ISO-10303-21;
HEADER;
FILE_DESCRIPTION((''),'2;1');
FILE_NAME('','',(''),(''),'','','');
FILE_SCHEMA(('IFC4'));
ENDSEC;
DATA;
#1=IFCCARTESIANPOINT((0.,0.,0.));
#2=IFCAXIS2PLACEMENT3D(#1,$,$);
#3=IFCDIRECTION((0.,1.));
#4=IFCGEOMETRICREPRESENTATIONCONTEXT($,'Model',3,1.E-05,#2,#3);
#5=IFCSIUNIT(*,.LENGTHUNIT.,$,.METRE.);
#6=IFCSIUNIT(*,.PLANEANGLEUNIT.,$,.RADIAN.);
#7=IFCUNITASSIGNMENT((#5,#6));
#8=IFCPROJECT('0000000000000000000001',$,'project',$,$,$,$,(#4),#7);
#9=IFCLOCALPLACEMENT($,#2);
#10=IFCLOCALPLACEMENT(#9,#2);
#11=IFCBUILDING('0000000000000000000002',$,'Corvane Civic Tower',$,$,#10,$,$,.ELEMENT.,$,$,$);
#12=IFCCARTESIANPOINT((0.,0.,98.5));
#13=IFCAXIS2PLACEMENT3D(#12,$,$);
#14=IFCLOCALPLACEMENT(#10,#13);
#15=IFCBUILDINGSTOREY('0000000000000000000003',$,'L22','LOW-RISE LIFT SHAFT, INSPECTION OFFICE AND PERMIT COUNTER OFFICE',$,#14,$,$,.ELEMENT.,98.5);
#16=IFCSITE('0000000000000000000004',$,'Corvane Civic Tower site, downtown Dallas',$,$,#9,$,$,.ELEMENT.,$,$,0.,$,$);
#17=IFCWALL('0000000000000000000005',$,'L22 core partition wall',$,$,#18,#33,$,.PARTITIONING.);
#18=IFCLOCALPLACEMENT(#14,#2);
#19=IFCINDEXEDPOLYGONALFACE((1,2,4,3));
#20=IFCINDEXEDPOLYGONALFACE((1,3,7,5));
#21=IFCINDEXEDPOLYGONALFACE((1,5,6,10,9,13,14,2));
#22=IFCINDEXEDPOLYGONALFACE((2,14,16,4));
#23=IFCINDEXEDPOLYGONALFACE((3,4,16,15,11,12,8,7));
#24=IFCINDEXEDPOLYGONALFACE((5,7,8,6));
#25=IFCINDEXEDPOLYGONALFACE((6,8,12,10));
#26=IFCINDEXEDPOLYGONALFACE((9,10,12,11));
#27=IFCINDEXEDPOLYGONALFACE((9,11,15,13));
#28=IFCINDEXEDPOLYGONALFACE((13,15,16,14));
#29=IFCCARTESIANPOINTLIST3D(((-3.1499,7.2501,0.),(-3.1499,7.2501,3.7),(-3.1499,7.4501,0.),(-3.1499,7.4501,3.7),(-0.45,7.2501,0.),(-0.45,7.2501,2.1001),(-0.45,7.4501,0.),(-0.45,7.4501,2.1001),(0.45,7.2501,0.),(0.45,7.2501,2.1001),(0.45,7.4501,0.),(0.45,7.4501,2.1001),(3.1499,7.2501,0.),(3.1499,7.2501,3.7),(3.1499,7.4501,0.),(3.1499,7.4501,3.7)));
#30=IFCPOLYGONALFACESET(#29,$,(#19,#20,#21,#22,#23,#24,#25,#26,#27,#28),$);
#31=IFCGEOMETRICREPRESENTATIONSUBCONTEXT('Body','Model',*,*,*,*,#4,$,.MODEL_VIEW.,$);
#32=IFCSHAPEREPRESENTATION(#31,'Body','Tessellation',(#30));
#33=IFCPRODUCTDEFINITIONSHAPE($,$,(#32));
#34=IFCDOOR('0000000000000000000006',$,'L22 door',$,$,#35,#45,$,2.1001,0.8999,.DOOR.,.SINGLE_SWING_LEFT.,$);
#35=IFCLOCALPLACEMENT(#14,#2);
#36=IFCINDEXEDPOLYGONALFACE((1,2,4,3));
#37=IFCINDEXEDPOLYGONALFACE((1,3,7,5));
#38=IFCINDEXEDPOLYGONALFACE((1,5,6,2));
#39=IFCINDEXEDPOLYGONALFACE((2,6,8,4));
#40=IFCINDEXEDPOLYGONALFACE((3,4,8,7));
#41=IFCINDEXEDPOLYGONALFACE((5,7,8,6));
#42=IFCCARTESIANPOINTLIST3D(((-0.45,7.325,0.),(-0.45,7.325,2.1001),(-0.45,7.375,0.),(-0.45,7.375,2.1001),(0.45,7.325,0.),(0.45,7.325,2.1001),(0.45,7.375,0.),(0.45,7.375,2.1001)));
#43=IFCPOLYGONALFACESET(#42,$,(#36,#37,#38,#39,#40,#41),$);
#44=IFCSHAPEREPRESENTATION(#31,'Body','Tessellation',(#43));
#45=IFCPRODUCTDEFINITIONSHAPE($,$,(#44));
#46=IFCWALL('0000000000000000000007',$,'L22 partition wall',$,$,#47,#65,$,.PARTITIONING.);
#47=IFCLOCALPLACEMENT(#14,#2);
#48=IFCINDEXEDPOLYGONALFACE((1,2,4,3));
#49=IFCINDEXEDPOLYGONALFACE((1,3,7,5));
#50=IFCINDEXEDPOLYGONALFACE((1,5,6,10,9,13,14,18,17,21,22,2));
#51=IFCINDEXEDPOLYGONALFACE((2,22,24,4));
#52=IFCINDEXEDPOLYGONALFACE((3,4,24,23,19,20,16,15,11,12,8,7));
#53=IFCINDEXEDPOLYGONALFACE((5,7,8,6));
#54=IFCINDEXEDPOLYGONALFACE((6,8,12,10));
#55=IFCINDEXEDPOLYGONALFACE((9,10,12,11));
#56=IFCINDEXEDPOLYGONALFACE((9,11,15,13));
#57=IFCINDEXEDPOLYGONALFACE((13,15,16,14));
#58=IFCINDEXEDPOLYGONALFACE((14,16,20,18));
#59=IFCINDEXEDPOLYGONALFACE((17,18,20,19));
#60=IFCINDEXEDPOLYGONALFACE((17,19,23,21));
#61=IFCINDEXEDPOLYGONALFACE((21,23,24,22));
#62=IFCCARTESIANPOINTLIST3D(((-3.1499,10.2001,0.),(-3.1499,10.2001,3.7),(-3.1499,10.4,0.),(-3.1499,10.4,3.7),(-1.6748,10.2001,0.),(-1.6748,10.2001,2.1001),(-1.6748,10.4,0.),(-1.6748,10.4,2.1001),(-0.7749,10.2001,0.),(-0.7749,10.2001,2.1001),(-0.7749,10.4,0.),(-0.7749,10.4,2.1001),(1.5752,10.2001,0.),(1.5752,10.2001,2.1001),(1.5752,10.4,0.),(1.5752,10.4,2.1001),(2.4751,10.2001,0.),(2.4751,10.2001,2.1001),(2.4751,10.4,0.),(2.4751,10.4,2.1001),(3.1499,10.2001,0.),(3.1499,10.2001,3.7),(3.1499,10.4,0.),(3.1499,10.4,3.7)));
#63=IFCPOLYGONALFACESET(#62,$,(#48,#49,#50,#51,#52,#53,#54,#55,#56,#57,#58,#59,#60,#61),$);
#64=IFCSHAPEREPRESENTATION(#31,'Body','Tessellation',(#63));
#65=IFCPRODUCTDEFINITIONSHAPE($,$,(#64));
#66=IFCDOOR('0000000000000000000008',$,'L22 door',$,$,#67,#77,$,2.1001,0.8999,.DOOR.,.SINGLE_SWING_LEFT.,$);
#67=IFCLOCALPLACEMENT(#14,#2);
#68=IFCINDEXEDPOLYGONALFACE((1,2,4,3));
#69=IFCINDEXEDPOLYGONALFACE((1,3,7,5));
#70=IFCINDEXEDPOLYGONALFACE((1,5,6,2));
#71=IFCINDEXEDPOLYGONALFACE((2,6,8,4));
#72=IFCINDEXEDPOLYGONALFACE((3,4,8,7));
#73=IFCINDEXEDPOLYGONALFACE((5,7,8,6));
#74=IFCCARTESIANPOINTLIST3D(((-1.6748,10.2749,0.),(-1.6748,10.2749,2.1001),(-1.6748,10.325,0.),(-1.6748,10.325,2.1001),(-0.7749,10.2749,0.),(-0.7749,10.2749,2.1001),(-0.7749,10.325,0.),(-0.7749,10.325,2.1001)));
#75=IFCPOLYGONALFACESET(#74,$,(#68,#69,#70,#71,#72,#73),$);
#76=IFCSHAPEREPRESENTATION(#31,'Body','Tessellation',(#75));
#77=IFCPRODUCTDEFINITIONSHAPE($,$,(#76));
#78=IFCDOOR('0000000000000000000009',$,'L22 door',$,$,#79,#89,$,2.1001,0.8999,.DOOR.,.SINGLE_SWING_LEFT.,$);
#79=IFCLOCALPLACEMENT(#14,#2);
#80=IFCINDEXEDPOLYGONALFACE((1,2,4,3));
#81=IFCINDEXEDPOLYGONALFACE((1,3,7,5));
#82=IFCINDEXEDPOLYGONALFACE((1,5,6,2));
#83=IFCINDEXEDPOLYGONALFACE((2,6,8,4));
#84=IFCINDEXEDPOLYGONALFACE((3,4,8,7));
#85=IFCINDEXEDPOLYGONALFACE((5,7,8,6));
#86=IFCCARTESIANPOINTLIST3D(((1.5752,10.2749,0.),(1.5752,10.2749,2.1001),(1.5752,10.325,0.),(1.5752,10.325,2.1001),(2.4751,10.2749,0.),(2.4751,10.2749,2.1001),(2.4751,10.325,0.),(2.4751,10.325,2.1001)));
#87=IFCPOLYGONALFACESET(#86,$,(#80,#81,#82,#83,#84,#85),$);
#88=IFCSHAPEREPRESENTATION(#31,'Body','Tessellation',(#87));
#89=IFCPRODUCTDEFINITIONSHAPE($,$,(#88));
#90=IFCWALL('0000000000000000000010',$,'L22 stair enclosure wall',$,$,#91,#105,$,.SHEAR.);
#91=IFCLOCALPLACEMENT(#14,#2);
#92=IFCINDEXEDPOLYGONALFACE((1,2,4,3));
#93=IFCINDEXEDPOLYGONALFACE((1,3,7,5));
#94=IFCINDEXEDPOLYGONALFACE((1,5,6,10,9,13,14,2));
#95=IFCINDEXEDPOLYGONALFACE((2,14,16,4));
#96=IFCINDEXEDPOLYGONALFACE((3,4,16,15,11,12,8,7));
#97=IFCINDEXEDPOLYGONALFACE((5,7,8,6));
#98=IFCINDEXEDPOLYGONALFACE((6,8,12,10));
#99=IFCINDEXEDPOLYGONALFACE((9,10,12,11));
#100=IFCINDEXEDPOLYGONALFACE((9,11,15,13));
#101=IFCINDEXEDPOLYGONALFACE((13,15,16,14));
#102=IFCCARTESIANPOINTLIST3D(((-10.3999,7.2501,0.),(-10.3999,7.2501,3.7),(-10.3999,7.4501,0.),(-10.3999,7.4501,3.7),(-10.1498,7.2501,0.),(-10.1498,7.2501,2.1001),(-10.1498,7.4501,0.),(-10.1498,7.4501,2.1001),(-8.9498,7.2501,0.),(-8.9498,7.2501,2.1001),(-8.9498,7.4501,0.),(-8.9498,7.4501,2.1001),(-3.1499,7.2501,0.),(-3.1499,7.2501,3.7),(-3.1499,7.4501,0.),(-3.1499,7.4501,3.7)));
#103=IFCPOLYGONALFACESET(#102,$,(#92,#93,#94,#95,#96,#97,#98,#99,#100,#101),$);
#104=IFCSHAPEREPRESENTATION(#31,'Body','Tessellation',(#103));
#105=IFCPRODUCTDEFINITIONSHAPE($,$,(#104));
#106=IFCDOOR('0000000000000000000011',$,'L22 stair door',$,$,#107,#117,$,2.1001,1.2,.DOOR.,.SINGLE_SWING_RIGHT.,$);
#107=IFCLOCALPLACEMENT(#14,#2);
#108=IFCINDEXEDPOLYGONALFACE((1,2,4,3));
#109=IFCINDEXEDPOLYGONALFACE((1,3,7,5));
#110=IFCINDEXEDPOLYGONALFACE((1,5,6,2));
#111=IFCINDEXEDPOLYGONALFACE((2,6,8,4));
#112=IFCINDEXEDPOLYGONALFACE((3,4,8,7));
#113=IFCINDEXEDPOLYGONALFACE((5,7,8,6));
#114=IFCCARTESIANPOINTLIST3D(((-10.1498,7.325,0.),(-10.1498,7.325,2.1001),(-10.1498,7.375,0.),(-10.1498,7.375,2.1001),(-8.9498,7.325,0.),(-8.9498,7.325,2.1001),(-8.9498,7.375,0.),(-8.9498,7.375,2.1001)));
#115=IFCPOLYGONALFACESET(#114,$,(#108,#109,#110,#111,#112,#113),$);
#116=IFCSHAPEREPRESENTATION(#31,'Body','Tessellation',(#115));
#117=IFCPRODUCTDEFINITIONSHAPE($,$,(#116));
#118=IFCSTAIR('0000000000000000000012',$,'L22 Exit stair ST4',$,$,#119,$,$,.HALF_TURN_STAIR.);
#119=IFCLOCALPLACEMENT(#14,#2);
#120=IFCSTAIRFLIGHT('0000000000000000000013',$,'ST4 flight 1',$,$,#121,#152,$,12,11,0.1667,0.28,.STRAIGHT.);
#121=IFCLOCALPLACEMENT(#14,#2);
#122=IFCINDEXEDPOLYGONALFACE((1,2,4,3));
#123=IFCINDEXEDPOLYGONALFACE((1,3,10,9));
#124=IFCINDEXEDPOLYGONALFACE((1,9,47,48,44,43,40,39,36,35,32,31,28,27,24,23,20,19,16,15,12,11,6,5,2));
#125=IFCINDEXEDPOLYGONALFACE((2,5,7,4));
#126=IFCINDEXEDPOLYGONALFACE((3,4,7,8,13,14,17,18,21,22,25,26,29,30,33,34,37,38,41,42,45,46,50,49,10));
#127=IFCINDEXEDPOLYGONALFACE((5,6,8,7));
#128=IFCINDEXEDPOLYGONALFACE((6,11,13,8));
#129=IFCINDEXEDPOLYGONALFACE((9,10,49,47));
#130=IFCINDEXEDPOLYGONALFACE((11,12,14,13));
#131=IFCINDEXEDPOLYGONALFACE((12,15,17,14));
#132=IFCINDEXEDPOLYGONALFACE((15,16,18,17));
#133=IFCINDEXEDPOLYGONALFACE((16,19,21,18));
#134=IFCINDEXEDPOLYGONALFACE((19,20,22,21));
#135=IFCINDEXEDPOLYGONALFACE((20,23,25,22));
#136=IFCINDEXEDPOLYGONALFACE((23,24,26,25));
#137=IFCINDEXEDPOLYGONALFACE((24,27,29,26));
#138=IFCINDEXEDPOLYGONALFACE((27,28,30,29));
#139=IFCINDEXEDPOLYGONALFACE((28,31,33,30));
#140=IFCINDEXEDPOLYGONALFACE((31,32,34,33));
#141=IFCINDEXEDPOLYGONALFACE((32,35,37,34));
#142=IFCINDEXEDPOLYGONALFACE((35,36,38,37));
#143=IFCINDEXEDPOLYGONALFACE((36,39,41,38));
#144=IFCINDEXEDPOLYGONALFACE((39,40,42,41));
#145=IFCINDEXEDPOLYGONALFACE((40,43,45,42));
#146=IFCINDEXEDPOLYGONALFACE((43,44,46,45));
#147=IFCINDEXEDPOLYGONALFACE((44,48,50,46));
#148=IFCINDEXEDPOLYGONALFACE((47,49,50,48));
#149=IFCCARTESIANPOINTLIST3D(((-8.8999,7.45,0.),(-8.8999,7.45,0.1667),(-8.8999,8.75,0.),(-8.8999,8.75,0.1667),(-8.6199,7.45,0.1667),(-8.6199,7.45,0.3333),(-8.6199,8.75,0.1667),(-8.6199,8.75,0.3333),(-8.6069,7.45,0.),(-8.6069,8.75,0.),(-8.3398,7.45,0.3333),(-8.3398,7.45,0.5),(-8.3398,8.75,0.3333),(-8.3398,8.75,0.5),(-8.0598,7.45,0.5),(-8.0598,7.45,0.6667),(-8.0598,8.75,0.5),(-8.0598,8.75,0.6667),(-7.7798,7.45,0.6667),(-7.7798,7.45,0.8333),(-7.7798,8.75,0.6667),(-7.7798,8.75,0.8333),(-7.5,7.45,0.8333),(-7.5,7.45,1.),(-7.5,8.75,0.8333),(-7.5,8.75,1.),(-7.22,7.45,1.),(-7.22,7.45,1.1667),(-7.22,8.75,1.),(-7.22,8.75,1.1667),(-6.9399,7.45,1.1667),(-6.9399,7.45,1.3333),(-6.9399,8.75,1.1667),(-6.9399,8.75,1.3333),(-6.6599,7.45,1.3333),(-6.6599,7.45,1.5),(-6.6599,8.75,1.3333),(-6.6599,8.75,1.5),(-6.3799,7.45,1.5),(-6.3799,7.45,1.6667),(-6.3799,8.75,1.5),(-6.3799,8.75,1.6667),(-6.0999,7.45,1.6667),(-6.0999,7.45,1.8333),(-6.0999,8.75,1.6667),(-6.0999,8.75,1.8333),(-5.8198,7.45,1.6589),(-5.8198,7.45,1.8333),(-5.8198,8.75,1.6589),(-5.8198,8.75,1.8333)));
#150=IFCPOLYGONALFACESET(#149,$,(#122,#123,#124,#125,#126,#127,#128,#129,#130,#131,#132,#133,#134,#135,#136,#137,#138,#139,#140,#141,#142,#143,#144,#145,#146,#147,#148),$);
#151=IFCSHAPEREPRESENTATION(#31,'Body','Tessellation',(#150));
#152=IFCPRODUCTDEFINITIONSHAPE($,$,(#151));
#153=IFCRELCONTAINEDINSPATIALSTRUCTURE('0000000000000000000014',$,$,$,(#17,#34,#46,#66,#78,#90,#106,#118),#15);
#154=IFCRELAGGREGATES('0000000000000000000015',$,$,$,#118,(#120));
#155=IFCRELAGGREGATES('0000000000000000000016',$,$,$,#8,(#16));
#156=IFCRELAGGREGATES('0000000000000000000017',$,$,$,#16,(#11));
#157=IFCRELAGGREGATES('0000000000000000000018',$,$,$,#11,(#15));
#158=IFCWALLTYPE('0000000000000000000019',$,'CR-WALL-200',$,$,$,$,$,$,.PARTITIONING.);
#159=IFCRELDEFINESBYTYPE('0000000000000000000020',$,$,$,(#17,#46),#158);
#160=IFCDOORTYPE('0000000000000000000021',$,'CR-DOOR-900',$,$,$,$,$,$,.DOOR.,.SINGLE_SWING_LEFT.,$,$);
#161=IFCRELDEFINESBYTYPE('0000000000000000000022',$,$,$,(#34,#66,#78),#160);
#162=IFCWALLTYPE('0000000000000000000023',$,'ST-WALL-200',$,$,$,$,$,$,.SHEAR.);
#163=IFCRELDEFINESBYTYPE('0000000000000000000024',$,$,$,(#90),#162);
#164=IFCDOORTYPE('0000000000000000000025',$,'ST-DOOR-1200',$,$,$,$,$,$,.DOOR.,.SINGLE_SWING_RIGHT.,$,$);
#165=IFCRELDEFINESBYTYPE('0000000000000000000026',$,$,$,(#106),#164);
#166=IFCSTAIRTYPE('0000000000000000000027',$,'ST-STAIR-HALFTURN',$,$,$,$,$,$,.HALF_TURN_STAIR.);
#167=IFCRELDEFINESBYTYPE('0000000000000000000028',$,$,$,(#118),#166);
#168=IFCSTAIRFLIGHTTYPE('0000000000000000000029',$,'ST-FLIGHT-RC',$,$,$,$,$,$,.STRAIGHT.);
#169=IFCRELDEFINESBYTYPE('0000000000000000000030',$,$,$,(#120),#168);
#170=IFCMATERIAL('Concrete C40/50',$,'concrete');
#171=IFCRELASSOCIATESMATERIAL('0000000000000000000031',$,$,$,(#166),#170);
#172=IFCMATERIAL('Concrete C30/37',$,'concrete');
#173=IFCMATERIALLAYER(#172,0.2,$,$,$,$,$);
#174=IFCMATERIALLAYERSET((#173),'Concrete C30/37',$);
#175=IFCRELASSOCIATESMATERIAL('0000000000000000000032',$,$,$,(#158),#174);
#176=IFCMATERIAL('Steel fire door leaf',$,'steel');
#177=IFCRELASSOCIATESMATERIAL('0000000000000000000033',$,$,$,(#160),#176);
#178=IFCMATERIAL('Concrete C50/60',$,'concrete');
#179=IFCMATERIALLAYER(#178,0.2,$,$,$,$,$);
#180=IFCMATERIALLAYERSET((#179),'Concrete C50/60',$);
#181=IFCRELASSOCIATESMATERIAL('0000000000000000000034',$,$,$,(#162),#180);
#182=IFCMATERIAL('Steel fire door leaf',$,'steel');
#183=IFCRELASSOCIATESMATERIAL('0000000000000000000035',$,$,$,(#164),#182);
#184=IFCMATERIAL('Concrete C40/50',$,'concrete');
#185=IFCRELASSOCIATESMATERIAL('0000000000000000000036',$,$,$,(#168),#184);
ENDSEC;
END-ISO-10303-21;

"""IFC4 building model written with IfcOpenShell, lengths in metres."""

from ifc_helpers import new_model, si_unit, direction, frame, frame_2d, origin, place, context, subcontext, project, spatial, polyline, rectangle, outline, extrude, material, layer, layer_set, type_object, element, fill, aggregate, save


model = new_model("IFC4")

# Units and contexts
model_context = context("Model", 3, precision=1e-05, world=origin(), true_north=direction((0.0, 1.0)))
body_context = subcontext(model_context, "Body", "Model", "MODEL_VIEW")
ifc_project = project(units=[si_unit("LENGTHUNIT", "METRE"), si_unit("PLANEANGLEUNIT", "RADIAN")], contexts=[model_context])

# Site, building, storey
site_placement = place(None, origin())
site = spatial("IfcSite", under=ifc_project, at=site_placement, Name="Corvane Civic Tower site, downtown Dallas", CompositionType="ELEMENT", RefElevation=0.0)
building_placement = place(site_placement, origin())
building = spatial("IfcBuilding", under=site, at=building_placement, Name="Corvane Civic Tower", CompositionType="ELEMENT")
storey_placement = place(building_placement, frame((0.0, 0.0, 98.5)))
storey = spatial("IfcBuildingStorey", under=building, at=storey_placement, Name="L22", Description="LOW-RISE LIFT SHAFT, INSPECTION OFFICE AND PERMIT COUNTER OFFICE", CompositionType="ELEMENT", Elevation=98.5)

# Shared definitions
ifc_material_1 = material(Name="Concrete C40/50", Category="concrete")
stair_type = type_object("IfcStairType", Name="ST-STAIR-HALFTURN", PredefinedType="HALF_TURN_STAIR", material=ifc_material_1)

# Shared definitions
ifc_material_2 = material(Name="Concrete C30/37", Category="concrete")
ifc_layer_1 = layer(ifc_material_2, 0.2)
ifc_layer_set_1 = layer_set([ifc_layer_1], Name="Concrete C30/37")
wall_type_1 = type_object("IfcWallType", Name="CR-WALL-200", PredefinedType="PARTITIONING", material=ifc_layer_set_1)

# Wall, opening, door
ifc_material_3 = material(Name="Steel fire door leaf", Category="steel")
door_type_1 = type_object("IfcDoorType", Name="CR-DOOR-900", OperationType="SINGLE_SWING_LEFT", PredefinedType="DOOR", material=ifc_material_3)
wall_1_placement = place(storey_placement, frame((-3.1499, 7.3501, 0.0), z_axis=(0.0, 0.0, 1.0), x_axis=(1.0, 0.0, 0.0)))
wall_1 = element("IfcWall", 1, at=wall_1_placement, inside=storey, type_object=wall_type_1, Name="L22 core partition wall", PredefinedType="PARTITIONING", context=body_context, shape_type="SweptSolid", body=[
    extrude(rectangle(XDim=6.2998, YDim=0.2, at=frame_2d((3.1499, 0.0))), origin(), (0.0, 0.0, 1.0), 3.7),
])
opening_1_placement = place(wall_1_placement, frame((2.7, 0.0, 0.0)))
opening_1 = element("IfcOpeningElement", 2, at=opening_1_placement, cuts=wall_1, PredefinedType="OPENING", context=body_context, shape_type="SweptSolid", body=[
    extrude(rectangle(XDim=0.8999, YDim=2.1001, at=frame_2d((0.45, 1.05))), frame((0.0, 0.1099, 0.0), z_axis=(0.0, -1.0, 0.0), x_axis=(1.0, 0.0, 0.0)), (0.0, 0.0, 1.0), 0.22),
])
door_1_placement = place(opening_1_placement, origin())
door_1 = element("IfcDoor", 3, at=door_1_placement, inside=storey, type_object=door_type_1, Name="L22 door", OperationType="SINGLE_SWING_LEFT", OverallHeight=2.1001, OverallWidth=0.8999, PredefinedType="DOOR", context=body_context, shape_type="SweptSolid", body=[
    extrude(rectangle(XDim=0.8999, YDim=2.1001, at=frame_2d((0.45, 1.05))), frame((0.0, 0.0249, 0.0), z_axis=(0.0, -1.0, 0.0), x_axis=(1.0, 0.0, 0.0)), (0.0, 0.0, 1.0), 0.05),
])
fill(opening_1, door_1)

# Wall, openings, doors
wall_2_placement = place(storey_placement, frame((-3.1499, 10.3, 0.0), z_axis=(0.0, 0.0, 1.0), x_axis=(1.0, 0.0, 0.0)))
wall_2 = element("IfcWall", 4, at=wall_2_placement, inside=storey, type_object=wall_type_1, Name="L22 partition wall", PredefinedType="PARTITIONING", context=body_context, shape_type="SweptSolid", body=[
    extrude(rectangle(XDim=6.2998, YDim=0.2, at=frame_2d((3.1499, 0.0))), origin(), (0.0, 0.0, 1.0), 3.7),
])
opening_2_placement = place(wall_2_placement, frame((1.4751, 0.0, 0.0)))
opening_2 = element("IfcOpeningElement", 5, at=opening_2_placement, cuts=wall_2, PredefinedType="OPENING", context=body_context, shape_type="SweptSolid", body=[
    extrude(rectangle(XDim=0.8999, YDim=2.1001, at=frame_2d((0.45, 1.05))), frame((0.0, 0.1099, 0.0), z_axis=(0.0, -1.0, 0.0), x_axis=(1.0, 0.0, 0.0)), (0.0, 0.0, 1.0), 0.22),
])
opening_3_placement = place(wall_2_placement, frame((4.7251, 0.0, 0.0)))
opening_3 = element("IfcOpeningElement", 6, at=opening_3_placement, cuts=wall_2, PredefinedType="OPENING", context=body_context, shape_type="SweptSolid", body=[
    extrude(rectangle(XDim=0.8999, YDim=2.1001, at=frame_2d((0.45, 1.05))), frame((0.0, 0.1099, 0.0), z_axis=(0.0, -1.0, 0.0), x_axis=(1.0, 0.0, 0.0)), (0.0, 0.0, 1.0), 0.22),
])
door_2_placement = place(opening_2_placement, origin())
door_2 = element("IfcDoor", 7, at=door_2_placement, inside=storey, type_object=door_type_1, Name="L22 door", OperationType="SINGLE_SWING_LEFT", OverallHeight=2.1001, OverallWidth=0.8999, PredefinedType="DOOR", context=body_context, shape_type="SweptSolid", body=[
    extrude(rectangle(XDim=0.8999, YDim=2.1001, at=frame_2d((0.45, 1.05))), frame((0.0, 0.0249, 0.0), z_axis=(0.0, -1.0, 0.0), x_axis=(1.0, 0.0, 0.0)), (0.0, 0.0, 1.0), 0.05),
])
fill(opening_2, door_2)
door_3_placement = place(opening_3_placement, origin())
door_3 = element("IfcDoor", 8, at=door_3_placement, inside=storey, type_object=door_type_1, Name="L22 door", OperationType="SINGLE_SWING_LEFT", OverallHeight=2.1001, OverallWidth=0.8999, PredefinedType="DOOR", context=body_context, shape_type="SweptSolid", body=[
    extrude(rectangle(XDim=0.8999, YDim=2.1001, at=frame_2d((0.45, 1.05))), frame((0.0, 0.0249, 0.0), z_axis=(0.0, -1.0, 0.0), x_axis=(1.0, 0.0, 0.0)), (0.0, 0.0, 1.0), 0.05),
])
fill(opening_3, door_3)

# Wall, opening, door
ifc_material_4 = material(Name="Concrete C50/60", Category="concrete")
ifc_layer_2 = layer(ifc_material_4, 0.2)
ifc_layer_set_2 = layer_set([ifc_layer_2], Name="Concrete C50/60")
wall_type_2 = type_object("IfcWallType", Name="ST-WALL-200", PredefinedType="SHEAR", material=ifc_layer_set_2)
wall_3_placement = place(storey_placement, frame((-10.3999, 7.3501, 0.0), z_axis=(0.0, 0.0, 1.0), x_axis=(1.0, 0.0, 0.0)))
wall_3 = element("IfcWall", 9, at=wall_3_placement, inside=storey, type_object=wall_type_2, Name="L22 stair enclosure wall", PredefinedType="SHEAR", context=body_context, shape_type="SweptSolid", body=[
    extrude(rectangle(XDim=7.25, YDim=0.2, at=frame_2d((3.625, 0.0))), origin(), (0.0, 0.0, 1.0), 3.7),
])
opening_4_placement = place(wall_3_placement, frame((0.25, 0.0, 0.0)))
opening_4 = element("IfcOpeningElement", 10, at=opening_4_placement, cuts=wall_3, PredefinedType="OPENING", context=body_context, shape_type="SweptSolid", body=[
    extrude(rectangle(XDim=1.2, YDim=2.1001, at=frame_2d((0.6001, 1.05))), frame((0.0, 0.1099, 0.0), z_axis=(0.0, -1.0, 0.0), x_axis=(1.0, 0.0, 0.0)), (0.0, 0.0, 1.0), 0.22),
])
ifc_material_5 = material(Name="Steel fire door leaf", Category="steel")
door_type_2 = type_object("IfcDoorType", Name="ST-DOOR-1200", OperationType="SINGLE_SWING_RIGHT", PredefinedType="DOOR", material=ifc_material_5)
door_4_placement = place(opening_4_placement, origin())
door_4 = element("IfcDoor", 11, at=door_4_placement, inside=storey, type_object=door_type_2, Name="L22 stair door", OperationType="SINGLE_SWING_RIGHT", OverallHeight=2.1001, OverallWidth=1.2, PredefinedType="DOOR", context=body_context, shape_type="SweptSolid", body=[
    extrude(rectangle(XDim=1.2, YDim=2.1001, at=frame_2d((0.6001, 1.05))), frame((0.0, 0.0249, 0.0), z_axis=(0.0, -1.0, 0.0), x_axis=(1.0, 0.0, 0.0)), (0.0, 0.0, 1.0), 0.05),
])
fill(opening_4, door_4)

# Stair, stair flight
stair_1_placement = place(storey_placement, origin())
stair_1 = element("IfcStair", 12, at=stair_1_placement, inside=storey, type_object=stair_type, Name="L22 Exit stair ST4", PredefinedType="HALF_TURN_STAIR")
ifc_material_6 = material(Name="Concrete C40/50", Category="concrete")
stair_flight_type = type_object("IfcStairFlightType", Name="ST-FLIGHT-RC", PredefinedType="STRAIGHT", material=ifc_material_6)
stair_flight_1_placement = place(storey_placement, frame((-8.8999, 8.1001, 0.0), z_axis=(0.0, 0.0, 1.0), x_axis=(1.0, 0.0, 0.0)))
stair_flight_1 = element("IfcStairFlight", 13, at=stair_flight_1_placement, type_object=stair_flight_type, Name="ST4 flight 1", NumberOfRisers=12, NumberOfTreads=11, PredefinedType="STRAIGHT", RiserHeight=0.1667, TreadLength=0.28, context=body_context, shape_type="SweptSolid", body=[
    extrude(outline(polyline([(0.0, 0.0), (0.0, 0.1667), (0.28, 0.1667), (0.28, 0.3333), (0.5601, 0.3333), (0.5601, 0.5), (0.8401, 0.5), (0.8401, 0.6667), (1.1201, 0.6667), (1.1201, 0.8333), (1.3999, 0.8333), (1.3999, 1.0), (1.6799, 1.0), (1.6799, 1.1667), (1.96, 1.1667), (1.96, 1.3333), (2.24, 1.3333), (2.24, 1.5), (2.52, 1.5), (2.52, 1.6667), (2.8, 1.6667), (2.8, 1.8333), (3.0801, 1.8333), (3.0801, 2.0), (3.0801, 1.6589), (0.293, 0.0), (0.0, 0.0)])), frame((0.0, 0.6499, 0.0), z_axis=(0.0, -1.0, 0.0), x_axis=(1.0, 0.0, 0.0)), (0.0, 0.0, 1.0), 1.3),
])
aggregate(stair_1, [stair_flight_1])

save(model, "model.ifc")
